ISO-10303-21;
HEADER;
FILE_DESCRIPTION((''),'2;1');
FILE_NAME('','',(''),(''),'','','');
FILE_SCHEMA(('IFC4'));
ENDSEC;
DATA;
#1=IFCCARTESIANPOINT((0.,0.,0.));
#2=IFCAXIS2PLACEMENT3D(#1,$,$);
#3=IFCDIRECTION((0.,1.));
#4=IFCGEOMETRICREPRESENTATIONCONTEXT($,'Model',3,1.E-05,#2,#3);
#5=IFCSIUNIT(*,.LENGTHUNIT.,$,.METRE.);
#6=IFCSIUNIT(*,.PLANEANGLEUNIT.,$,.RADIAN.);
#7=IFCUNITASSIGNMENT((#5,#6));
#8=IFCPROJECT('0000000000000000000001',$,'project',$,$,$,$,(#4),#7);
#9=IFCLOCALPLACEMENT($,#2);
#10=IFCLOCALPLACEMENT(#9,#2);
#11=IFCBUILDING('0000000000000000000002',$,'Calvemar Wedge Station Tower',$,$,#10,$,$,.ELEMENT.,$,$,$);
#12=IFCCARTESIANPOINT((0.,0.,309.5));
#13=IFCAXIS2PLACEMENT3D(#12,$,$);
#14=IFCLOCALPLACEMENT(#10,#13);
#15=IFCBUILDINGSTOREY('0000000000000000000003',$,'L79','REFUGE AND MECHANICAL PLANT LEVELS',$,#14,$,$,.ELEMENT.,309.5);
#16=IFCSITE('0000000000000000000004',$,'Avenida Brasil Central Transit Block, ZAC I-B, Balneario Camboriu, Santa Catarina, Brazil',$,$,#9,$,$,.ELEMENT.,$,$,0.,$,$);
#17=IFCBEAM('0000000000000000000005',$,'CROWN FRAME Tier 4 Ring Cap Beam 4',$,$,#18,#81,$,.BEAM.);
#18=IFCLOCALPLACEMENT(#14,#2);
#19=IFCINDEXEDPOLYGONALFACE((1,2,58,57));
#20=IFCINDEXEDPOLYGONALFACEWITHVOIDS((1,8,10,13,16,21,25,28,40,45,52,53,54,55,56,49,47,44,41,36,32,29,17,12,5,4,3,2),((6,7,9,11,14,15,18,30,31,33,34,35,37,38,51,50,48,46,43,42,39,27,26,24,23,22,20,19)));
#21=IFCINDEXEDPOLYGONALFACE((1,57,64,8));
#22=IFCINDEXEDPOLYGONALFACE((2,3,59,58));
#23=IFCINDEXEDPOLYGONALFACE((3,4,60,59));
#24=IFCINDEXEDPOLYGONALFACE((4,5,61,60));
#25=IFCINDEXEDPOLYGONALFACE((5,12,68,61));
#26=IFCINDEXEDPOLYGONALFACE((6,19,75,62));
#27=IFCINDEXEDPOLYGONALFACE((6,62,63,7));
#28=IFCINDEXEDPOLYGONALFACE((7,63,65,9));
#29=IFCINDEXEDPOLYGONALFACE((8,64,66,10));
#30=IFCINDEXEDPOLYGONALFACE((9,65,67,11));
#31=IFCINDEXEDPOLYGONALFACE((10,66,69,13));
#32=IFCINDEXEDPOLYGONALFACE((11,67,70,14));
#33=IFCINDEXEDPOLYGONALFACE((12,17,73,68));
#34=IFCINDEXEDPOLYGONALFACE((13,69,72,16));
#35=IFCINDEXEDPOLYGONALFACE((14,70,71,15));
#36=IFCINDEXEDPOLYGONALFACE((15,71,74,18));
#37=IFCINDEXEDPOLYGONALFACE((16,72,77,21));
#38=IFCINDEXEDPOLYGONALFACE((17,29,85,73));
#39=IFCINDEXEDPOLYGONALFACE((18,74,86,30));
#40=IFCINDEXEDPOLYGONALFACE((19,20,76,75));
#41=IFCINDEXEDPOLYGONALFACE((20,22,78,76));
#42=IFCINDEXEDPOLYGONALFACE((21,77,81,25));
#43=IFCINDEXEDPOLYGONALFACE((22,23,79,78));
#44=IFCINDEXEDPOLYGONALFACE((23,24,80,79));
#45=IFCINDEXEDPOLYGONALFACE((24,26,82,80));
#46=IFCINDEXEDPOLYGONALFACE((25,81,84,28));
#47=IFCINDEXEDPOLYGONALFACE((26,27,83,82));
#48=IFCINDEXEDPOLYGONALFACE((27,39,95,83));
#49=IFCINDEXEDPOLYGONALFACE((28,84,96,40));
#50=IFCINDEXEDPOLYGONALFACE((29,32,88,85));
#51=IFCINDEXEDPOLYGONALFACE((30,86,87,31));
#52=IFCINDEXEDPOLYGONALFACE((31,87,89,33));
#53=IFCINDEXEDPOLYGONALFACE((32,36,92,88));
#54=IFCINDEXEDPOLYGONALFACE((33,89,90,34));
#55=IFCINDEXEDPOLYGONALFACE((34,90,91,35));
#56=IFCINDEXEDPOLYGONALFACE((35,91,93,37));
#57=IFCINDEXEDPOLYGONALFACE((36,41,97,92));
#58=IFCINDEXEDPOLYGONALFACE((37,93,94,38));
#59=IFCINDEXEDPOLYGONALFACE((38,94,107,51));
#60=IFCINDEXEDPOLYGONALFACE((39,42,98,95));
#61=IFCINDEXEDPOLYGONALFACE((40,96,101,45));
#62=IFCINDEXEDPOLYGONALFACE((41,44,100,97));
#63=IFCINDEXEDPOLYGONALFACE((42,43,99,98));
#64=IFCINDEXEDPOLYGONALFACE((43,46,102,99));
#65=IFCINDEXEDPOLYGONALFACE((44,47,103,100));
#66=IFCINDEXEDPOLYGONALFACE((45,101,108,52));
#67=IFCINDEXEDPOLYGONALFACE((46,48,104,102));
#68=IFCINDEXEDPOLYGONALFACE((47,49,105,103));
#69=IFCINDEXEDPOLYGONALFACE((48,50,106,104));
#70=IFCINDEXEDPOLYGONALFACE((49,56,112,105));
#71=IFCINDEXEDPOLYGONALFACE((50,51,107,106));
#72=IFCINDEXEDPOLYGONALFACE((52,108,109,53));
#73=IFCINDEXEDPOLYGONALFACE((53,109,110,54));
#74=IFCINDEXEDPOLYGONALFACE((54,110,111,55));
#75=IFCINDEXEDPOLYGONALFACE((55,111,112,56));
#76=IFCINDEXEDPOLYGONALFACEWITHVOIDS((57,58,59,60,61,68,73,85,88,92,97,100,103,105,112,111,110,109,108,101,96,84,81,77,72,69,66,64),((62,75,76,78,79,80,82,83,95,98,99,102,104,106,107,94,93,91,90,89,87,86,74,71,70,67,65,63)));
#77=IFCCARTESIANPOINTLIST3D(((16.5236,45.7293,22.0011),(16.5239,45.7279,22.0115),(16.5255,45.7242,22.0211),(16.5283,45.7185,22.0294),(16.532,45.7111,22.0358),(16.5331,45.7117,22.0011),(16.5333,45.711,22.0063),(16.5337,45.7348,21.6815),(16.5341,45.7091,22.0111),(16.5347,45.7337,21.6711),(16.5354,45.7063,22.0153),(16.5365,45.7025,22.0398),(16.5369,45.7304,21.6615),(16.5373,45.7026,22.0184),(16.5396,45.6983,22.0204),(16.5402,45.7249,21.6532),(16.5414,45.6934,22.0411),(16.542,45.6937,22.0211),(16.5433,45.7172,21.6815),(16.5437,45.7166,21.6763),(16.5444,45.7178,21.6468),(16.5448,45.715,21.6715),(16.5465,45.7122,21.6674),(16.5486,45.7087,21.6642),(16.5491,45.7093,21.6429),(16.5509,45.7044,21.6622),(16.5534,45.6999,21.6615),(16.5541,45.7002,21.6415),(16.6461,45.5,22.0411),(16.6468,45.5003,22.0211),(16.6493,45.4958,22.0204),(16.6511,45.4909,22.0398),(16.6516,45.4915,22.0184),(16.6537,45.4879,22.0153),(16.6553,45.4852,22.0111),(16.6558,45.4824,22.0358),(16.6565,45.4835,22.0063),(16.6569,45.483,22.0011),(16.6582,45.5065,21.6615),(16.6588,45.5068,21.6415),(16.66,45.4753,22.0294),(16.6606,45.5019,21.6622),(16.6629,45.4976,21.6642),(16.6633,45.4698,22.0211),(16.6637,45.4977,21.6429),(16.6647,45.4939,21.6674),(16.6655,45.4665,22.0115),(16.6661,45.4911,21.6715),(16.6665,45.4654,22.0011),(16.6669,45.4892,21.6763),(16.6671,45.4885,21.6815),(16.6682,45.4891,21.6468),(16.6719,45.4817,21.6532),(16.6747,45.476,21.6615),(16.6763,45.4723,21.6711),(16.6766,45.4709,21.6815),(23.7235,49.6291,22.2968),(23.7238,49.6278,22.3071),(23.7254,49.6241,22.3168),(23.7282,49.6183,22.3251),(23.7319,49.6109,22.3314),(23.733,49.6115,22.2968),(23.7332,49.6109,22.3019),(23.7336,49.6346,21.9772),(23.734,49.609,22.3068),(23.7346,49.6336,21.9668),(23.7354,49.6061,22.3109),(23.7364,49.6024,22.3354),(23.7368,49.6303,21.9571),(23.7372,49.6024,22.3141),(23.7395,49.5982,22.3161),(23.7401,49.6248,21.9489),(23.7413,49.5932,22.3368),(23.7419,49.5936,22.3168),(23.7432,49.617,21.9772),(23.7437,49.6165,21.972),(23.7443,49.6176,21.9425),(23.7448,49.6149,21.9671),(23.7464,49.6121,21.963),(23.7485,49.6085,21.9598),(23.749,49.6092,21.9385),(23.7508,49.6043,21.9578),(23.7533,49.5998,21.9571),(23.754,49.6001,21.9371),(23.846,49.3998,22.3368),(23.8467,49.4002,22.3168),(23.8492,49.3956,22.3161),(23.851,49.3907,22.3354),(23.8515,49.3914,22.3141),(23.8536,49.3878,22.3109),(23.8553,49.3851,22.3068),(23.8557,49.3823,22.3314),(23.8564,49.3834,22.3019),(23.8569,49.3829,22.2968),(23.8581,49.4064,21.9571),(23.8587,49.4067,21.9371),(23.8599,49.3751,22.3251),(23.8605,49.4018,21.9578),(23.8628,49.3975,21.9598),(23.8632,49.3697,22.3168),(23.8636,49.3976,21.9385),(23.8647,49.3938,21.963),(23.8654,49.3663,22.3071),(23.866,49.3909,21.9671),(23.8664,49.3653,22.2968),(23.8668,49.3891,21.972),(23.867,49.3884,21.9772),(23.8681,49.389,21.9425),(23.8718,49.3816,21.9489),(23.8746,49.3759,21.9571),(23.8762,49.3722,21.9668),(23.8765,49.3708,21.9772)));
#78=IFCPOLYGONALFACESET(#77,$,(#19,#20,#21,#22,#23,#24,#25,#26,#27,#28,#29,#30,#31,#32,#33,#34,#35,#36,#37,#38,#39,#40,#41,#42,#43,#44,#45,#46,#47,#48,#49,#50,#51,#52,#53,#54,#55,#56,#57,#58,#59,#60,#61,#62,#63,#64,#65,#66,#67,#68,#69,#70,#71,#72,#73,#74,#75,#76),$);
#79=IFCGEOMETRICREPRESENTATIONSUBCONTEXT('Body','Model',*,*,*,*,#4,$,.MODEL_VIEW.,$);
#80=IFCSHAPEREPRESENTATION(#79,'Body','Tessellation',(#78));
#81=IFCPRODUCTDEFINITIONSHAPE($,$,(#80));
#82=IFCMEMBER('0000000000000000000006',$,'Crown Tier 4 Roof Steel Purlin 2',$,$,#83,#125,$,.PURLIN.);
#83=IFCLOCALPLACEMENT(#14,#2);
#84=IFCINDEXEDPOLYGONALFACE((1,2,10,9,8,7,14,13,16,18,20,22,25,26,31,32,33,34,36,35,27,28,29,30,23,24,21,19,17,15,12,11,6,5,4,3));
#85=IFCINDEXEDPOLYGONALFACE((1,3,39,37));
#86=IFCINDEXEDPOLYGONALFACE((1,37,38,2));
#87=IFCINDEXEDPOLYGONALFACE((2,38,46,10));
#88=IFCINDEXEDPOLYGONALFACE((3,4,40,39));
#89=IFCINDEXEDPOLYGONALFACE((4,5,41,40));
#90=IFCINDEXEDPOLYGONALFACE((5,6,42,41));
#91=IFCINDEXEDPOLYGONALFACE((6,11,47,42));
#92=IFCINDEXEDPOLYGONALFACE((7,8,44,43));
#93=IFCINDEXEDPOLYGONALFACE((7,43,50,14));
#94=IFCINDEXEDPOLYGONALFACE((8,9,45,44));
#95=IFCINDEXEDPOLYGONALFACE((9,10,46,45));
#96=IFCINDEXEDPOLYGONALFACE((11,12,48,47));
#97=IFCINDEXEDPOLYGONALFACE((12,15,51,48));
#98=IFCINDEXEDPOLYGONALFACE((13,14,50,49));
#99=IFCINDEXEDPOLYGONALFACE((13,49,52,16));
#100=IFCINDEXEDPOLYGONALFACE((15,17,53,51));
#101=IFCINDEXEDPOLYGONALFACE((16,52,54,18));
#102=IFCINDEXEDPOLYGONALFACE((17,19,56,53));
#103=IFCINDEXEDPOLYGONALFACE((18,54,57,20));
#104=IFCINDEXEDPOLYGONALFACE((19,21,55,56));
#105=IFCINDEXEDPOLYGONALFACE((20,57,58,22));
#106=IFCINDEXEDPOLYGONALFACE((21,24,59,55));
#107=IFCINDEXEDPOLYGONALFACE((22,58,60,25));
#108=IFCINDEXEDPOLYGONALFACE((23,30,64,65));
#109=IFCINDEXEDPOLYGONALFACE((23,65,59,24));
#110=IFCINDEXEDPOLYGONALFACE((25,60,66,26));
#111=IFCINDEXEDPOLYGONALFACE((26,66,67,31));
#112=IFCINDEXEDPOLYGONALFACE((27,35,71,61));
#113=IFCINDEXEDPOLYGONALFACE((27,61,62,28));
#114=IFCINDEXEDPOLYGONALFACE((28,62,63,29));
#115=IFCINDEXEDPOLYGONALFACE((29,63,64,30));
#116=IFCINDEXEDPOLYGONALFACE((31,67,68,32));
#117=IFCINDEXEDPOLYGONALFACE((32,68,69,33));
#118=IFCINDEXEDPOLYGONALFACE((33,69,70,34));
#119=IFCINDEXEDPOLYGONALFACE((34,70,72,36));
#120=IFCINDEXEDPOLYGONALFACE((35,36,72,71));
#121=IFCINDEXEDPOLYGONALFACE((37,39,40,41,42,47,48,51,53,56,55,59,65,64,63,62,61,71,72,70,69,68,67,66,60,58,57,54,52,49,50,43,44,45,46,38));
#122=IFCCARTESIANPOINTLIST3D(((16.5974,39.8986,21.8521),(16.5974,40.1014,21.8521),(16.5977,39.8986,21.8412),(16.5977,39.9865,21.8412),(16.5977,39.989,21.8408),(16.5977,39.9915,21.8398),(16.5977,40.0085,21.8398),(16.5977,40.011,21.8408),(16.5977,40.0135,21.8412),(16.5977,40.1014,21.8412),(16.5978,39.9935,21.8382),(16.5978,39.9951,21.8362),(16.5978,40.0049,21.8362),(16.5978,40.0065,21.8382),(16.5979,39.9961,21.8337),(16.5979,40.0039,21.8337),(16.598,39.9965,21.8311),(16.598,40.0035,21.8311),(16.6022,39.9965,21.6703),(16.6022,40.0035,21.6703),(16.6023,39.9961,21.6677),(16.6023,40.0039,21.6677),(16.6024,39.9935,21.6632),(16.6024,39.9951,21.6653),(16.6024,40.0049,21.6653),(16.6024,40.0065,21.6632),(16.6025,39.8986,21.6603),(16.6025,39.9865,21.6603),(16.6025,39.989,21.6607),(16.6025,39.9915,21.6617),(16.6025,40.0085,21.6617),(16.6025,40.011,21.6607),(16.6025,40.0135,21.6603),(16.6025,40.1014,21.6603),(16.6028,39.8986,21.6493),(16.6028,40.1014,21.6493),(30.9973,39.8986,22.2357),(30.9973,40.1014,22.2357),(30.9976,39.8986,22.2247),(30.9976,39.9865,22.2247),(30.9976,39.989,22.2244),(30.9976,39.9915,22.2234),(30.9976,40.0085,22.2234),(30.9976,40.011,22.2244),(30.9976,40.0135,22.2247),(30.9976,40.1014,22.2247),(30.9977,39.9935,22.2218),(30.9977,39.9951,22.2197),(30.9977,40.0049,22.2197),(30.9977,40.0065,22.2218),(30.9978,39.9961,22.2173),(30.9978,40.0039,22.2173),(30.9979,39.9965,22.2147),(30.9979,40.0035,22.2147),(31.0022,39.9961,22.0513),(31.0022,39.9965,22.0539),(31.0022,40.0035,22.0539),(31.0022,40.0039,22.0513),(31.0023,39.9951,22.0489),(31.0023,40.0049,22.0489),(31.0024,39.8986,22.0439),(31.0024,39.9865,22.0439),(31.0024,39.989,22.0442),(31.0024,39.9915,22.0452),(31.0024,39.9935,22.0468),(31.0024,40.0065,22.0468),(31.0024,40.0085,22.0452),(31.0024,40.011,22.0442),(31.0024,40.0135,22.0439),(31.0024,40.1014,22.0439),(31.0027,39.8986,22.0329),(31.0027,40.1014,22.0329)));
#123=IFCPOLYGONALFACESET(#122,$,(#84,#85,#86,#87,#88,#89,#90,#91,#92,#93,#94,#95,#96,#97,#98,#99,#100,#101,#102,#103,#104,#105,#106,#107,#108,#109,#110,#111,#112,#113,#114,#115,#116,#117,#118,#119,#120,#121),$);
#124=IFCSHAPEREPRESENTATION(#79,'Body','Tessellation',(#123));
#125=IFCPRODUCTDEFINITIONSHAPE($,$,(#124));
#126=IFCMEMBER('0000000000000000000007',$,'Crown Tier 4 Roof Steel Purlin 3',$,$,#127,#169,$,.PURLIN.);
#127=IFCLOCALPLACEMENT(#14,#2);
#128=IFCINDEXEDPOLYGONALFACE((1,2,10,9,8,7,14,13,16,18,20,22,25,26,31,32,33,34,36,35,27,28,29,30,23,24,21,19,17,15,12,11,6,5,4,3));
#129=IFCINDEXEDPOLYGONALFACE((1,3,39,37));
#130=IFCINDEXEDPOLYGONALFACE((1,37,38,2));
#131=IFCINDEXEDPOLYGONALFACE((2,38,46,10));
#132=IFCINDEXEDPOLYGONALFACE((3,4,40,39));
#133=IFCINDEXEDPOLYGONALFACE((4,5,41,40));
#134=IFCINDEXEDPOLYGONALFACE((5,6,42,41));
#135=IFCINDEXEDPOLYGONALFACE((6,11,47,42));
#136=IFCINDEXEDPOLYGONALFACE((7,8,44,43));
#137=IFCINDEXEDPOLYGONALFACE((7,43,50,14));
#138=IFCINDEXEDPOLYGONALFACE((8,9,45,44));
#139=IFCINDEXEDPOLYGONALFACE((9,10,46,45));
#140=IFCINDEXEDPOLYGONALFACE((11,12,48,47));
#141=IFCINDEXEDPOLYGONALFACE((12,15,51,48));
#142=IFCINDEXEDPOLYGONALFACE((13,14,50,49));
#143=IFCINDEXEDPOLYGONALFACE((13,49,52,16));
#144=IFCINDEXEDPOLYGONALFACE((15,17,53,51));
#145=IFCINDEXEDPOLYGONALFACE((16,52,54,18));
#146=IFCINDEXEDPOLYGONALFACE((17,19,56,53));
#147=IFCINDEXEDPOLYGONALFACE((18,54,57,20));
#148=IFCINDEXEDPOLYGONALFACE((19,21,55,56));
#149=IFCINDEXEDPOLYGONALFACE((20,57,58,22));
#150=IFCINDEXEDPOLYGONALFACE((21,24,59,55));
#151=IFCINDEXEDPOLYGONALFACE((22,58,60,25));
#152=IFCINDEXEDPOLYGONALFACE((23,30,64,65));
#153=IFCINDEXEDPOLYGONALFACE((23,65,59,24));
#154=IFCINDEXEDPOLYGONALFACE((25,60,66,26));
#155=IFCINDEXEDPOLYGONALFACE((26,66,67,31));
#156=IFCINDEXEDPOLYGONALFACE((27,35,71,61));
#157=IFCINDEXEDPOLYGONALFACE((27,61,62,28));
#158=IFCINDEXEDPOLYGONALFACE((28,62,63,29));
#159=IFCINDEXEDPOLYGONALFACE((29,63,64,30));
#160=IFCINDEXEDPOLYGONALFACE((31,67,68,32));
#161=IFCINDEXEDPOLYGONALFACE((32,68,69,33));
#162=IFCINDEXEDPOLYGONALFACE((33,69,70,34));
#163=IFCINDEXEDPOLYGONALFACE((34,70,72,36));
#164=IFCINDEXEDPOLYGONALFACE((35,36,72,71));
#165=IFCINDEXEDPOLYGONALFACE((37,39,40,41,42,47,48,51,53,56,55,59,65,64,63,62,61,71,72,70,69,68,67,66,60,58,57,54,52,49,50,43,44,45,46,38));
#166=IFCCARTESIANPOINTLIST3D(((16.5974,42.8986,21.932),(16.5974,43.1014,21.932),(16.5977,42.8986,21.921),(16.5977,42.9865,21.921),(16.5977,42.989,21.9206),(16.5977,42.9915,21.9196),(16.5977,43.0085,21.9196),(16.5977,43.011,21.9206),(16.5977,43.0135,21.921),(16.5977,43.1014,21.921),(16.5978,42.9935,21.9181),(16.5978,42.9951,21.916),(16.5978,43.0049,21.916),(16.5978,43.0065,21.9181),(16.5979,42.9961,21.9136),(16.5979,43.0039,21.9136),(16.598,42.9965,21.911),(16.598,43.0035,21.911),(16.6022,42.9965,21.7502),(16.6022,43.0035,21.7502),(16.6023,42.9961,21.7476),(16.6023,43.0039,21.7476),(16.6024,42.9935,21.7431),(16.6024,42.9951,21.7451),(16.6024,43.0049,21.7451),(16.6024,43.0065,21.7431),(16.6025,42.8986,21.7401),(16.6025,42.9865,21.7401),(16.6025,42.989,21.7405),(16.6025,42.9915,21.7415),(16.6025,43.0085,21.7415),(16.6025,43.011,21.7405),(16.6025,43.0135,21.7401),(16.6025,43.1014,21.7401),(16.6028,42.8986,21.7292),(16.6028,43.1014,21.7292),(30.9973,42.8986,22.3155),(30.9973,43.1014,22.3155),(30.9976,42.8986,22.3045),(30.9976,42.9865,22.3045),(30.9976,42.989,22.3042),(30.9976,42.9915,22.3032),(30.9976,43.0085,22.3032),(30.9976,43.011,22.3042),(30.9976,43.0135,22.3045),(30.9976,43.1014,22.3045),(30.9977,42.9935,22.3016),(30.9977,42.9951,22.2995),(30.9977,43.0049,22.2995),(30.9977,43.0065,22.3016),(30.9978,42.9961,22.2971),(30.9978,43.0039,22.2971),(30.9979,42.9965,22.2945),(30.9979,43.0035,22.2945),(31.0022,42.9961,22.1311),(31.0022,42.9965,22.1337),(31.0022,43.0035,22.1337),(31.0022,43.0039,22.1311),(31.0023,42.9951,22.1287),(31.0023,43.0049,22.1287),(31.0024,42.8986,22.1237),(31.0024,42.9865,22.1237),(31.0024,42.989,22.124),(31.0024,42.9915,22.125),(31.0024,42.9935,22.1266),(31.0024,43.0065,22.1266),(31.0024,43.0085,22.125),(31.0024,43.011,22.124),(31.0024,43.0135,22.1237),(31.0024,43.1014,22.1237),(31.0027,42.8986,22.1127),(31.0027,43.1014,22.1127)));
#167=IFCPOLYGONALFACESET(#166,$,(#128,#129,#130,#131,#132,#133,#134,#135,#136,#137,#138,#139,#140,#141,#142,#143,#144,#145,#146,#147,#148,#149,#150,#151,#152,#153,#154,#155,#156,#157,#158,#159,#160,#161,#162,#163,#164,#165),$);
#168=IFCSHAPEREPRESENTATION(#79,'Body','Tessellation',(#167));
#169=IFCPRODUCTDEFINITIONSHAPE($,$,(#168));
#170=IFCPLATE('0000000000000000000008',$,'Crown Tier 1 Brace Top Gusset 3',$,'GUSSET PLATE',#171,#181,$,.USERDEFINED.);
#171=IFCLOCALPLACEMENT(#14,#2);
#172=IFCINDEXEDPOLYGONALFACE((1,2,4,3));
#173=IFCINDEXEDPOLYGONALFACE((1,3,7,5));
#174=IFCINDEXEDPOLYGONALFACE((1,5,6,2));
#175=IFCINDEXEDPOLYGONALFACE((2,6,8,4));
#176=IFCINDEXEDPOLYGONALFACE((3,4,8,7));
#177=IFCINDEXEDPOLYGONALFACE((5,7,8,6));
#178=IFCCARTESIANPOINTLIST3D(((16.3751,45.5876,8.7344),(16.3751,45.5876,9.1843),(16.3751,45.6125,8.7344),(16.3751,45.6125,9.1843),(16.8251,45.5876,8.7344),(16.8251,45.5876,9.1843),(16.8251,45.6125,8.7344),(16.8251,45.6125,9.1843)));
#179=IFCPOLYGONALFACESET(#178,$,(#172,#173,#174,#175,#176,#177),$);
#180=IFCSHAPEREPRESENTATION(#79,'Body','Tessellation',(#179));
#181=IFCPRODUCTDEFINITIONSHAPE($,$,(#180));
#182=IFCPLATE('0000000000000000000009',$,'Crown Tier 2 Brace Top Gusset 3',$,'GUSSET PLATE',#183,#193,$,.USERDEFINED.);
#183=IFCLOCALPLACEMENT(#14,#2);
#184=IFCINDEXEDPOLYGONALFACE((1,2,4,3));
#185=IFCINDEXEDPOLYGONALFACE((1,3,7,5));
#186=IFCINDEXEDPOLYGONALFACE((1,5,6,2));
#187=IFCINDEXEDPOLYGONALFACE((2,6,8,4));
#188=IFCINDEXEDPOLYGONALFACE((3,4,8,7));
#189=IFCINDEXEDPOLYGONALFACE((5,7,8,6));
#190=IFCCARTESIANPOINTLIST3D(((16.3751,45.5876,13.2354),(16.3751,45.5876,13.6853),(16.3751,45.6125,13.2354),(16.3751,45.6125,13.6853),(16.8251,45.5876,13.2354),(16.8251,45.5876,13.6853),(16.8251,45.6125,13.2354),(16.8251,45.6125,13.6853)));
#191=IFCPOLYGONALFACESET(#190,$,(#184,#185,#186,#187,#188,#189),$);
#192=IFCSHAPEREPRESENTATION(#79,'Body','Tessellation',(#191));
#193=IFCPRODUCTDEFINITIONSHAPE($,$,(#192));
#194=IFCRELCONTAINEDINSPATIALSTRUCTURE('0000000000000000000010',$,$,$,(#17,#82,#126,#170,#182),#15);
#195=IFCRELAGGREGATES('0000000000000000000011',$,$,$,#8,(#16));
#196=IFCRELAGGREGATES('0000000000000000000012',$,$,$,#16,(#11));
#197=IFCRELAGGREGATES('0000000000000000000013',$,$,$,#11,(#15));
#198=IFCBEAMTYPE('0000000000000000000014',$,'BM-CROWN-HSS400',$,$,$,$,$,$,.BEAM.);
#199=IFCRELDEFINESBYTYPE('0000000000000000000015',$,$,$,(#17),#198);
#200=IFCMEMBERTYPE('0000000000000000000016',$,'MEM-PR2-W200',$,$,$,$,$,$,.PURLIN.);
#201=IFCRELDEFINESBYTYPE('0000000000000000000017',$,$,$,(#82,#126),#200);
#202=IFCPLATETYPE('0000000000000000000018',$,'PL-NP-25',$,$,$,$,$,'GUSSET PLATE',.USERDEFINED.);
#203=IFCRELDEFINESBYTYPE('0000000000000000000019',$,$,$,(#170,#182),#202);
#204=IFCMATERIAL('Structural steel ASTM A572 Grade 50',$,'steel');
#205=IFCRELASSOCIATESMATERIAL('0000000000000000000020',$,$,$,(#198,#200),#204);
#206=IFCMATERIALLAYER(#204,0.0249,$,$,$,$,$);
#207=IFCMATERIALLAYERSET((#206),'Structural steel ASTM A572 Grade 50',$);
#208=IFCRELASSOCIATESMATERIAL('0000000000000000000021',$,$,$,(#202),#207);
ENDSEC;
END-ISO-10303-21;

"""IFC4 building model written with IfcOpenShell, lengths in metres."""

from ifc_helpers import new_model, si_unit, direction, frame, origin, origin_2d, place, context, subcontext, project, spatial, rectangle, hollow_rectangle, i_section, extrude, source, transform, mapped, material, layer, layer_set, material_profile, profile_set, type_object, element, save


model = new_model("IFC4")

# Units and contexts
model_context = context("Model", 3, precision=1e-05, world=origin(), true_north=direction((0.0, 1.0)))
body_context = subcontext(model_context, "Body", "Model", "MODEL_VIEW")
ifc_project = project(units=[si_unit("LENGTHUNIT", "METRE"), si_unit("PLANEANGLEUNIT", "RADIAN")], contexts=[model_context])

# Site, building, storey
site_placement = place(None, origin())
site = spatial("IfcSite", under=ifc_project, at=site_placement, Name="Avenida Brasil Central Transit Block, ZAC I-B, Balneario Camboriu, Santa Catarina, Brazil", CompositionType="ELEMENT", RefElevation=0.0)
building_placement = place(site_placement, origin())
building = spatial("IfcBuilding", under=site, at=building_placement, Name="Calvemar Wedge Station Tower", CompositionType="ELEMENT")
storey_placement = place(building_placement, frame((0.0, 0.0, 309.5)))
storey = spatial("IfcBuildingStorey", under=building, at=storey_placement, Name="L79", Description="REFUGE AND MECHANICAL PLANT LEVELS", CompositionType="ELEMENT", Elevation=309.5)

# Shared definitions
ifc_material_1 = material(Name="Structural steel ASTM A572 Grade 50", Category="steel")

# Shared definitions
ifc_material_profile_1 = material_profile(ifc_material_1, hollow_rectangle(XDim=0.3, YDim=0.3999, WallThickness=0.02, InnerFilletRadius=0.02, OuterFilletRadius=0.04, at=origin_2d()), Name="HSS400x300x20")
ifc_profile_set_1 = profile_set([ifc_material_profile_1], Name="Structural steel ASTM A572 Grade 50")
beam_type = type_object("IfcBeamType", Name="BM-CROWN-HSS400", PredefinedType="BEAM", material=ifc_profile_set_1)

# Shared definitions
ifc_material_profile_2 = material_profile(ifc_material_1, i_section(OverallWidth=0.2029, OverallDepth=0.2029, WebThickness=0.0071, FlangeThickness=0.011, FilletRadius=0.01, at=origin_2d()), Name="W200x46.1")
ifc_profile_set_2 = profile_set([ifc_material_profile_2], Name="Structural steel ASTM A572 Grade 50")
member_type_1 = type_object("IfcMemberType", Name="MEM-PR2-W200", PredefinedType="PURLIN", material=ifc_profile_set_2)

# Beam
shared_shape_1 = source(origin(), body_context, "Body", "SweptSolid", [
    extrude(hollow_rectangle(XDim=0.3, YDim=0.3999, WallThickness=0.02, InnerFilletRadius=0.02, OuterFilletRadius=0.04, at=origin_2d()), origin(), (0.0, 0.0, 1.0), 8.1936),
])
beam_1_placement = place(storey_placement, frame((16.6001, 45.6001, 21.8413), z_axis=(0.878723, 0.475966, 0.036083), x_axis=(-0.476276, 0.879296, 0.0)))
element("IfcBeam", 1, at=beam_1_placement, inside=storey, type_object=beam_type, Name="CROWN FRAME Tier 4 Ring Cap Beam 4", PredefinedType="BEAM", context=body_context, shape_type="MappedRepresentation", body=[
    mapped(shared_shape_1, transform((0.0, 0.0, 0.0), scale=1.0)),
])

# Members
shared_shape_2 = source(origin(), body_context, "Body", "SweptSolid", [
    extrude(i_section(OverallWidth=0.2029, OverallDepth=0.2029, WebThickness=0.0071, FlangeThickness=0.011, FilletRadius=0.01, at=origin_2d()), origin(), (0.0, 0.0, 1.0), 14.405),
])
for number, where, z_axis, x_axis, name in (
    (2, (16.6001, 40.0, 21.7507), (0.999645, 0.0, 0.026626), (0.0, 1.0, 0.0), "Crown Tier 4 Roof Steel Purlin 2"),
    (3, (16.6001, 43.0, 21.8306), (0.999645, 0.0, 0.026626), (0.0, 1.0, 0.0), "Crown Tier 4 Roof Steel Purlin 3"),
):
    element("IfcMember", number, at=place(storey_placement, frame(where, z_axis=z_axis, x_axis=x_axis)), inside=storey, type_object=member_type_1, Name=name, PredefinedType="PURLIN", context=body_context, shape_type="MappedRepresentation", body=[
        mapped(shared_shape_2, transform((0.0, 0.0, 0.0), scale=1.0)),
    ])

# Plates
ifc_layer_1 = layer(ifc_material_1, 0.0249)
ifc_layer_set_1 = layer_set([ifc_layer_1], Name="Structural steel ASTM A572 Grade 50")
plate_type = type_object("IfcPlateType", Name="PL-NP-25", ElementType="GUSSET PLATE", PredefinedType="USERDEFINED", material=ifc_layer_set_1)
shared_shape_3 = source(origin(), body_context, "Body", "SweptSolid", [
    extrude(rectangle(XDim=0.45, YDim=0.0249, at=origin_2d()), origin(), (0.0, 0.0, 1.0), 0.45),
])
for number, where, z_axis, x_axis, name in (
    (4, (16.6001, 45.6001, 8.7344), (0.0, 0.0, 1.0), (-1.0, 0.0, 0.0), "Crown Tier 1 Brace Top Gusset 3"),
    (5, (16.6001, 45.6001, 13.2354), (0.0, 0.0, 1.0), (-1.0, 0.0, 0.0), "Crown Tier 2 Brace Top Gusset 3"),
):
    element("IfcPlate", number, at=place(storey_placement, frame(where, z_axis=z_axis, x_axis=x_axis)), inside=storey, type_object=plate_type, Name=name, ObjectType="GUSSET PLATE", PredefinedType="USERDEFINED", context=body_context, shape_type="MappedRepresentation", body=[
        mapped(shared_shape_3, transform((0.0, 0.0, 0.0), scale=1.0)),
    ])

save(model, "model.ifc")
